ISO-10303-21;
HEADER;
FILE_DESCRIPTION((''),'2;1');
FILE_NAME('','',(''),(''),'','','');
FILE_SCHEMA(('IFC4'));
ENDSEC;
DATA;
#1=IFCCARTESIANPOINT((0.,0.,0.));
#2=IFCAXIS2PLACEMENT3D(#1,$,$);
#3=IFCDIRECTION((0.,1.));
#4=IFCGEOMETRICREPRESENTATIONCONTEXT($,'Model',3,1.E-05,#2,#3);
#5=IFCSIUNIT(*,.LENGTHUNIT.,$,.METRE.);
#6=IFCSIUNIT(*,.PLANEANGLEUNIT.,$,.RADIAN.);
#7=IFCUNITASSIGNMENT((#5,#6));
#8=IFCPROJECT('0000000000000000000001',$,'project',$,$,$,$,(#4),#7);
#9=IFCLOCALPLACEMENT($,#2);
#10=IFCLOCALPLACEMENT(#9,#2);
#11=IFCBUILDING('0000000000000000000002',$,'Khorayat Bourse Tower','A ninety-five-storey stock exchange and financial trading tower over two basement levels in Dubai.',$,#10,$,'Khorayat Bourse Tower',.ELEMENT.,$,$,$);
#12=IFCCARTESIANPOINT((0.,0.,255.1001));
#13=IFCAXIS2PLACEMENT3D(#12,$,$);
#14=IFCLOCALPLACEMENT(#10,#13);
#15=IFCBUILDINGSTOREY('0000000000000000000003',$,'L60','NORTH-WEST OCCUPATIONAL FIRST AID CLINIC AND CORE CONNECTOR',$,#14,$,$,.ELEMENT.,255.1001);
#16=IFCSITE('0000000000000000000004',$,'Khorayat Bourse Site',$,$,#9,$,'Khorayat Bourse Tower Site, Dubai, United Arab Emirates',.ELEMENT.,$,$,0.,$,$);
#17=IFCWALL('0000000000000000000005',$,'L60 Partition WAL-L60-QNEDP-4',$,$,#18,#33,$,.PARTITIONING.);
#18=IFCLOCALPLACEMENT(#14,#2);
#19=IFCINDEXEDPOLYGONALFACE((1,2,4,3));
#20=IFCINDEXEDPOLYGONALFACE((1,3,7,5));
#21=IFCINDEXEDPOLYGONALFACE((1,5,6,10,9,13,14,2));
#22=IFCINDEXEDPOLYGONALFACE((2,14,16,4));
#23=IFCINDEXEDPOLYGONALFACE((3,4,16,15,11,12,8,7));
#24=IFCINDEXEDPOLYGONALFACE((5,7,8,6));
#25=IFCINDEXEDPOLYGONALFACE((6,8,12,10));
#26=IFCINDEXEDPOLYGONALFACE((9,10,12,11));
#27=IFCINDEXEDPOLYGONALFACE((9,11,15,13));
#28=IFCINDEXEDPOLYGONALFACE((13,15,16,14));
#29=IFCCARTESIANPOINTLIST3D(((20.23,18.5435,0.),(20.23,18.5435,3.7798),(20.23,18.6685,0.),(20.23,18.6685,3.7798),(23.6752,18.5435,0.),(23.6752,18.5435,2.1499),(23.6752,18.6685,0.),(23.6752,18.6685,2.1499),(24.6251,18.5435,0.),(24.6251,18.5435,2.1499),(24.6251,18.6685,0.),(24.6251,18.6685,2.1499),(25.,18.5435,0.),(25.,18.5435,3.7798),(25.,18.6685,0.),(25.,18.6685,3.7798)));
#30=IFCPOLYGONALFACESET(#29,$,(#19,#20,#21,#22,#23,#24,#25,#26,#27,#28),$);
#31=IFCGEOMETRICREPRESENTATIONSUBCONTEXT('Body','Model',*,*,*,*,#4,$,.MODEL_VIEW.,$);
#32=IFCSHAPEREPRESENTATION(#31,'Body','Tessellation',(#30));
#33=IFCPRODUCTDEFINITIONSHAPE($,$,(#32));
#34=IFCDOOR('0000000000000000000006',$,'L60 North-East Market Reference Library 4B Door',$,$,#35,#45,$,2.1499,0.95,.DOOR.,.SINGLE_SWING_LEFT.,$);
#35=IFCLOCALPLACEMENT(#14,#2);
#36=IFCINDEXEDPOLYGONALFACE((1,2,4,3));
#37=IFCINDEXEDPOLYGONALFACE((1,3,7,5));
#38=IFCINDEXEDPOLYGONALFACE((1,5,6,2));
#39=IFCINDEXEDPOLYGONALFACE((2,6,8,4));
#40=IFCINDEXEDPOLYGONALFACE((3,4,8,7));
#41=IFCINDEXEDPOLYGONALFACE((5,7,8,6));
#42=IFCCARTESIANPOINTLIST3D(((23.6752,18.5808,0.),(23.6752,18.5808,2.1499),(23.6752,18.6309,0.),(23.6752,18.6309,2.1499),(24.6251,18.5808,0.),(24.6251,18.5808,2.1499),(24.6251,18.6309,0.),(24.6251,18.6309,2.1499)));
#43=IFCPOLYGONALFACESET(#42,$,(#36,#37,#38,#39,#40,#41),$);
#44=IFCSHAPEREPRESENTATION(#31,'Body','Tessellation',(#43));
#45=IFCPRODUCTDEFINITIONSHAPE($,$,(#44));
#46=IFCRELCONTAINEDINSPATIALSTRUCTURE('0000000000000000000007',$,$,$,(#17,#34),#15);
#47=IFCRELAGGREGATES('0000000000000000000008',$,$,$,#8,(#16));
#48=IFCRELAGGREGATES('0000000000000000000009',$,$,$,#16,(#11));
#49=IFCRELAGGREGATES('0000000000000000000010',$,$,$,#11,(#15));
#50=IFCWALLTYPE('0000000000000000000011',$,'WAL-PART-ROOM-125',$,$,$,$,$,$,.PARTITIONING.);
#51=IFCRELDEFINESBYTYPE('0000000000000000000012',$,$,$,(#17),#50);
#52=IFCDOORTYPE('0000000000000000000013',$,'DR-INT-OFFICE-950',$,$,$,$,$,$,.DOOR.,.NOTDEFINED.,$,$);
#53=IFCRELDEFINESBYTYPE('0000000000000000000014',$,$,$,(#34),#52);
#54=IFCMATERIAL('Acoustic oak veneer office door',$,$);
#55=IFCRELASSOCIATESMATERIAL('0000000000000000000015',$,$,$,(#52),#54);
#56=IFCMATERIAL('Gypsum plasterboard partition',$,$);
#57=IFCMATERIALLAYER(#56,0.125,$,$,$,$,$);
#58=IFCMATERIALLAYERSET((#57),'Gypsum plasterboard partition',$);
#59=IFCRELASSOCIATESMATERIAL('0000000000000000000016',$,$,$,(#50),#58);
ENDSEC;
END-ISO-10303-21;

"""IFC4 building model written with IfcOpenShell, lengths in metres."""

from ifc_helpers import new_model, si_unit, direction, frame, frame_2d, origin, place, context, subcontext, project, spatial, rectangle, extrude, source, transform, mapped, material, layer, layer_set, type_object, element, fill, save


model = new_model("IFC4")

# Units and contexts
model_context = context("Model", 3, precision=1e-05, world=origin(), true_north=direction((0.0, 1.0)))
body_context = subcontext(model_context, "Body", "Model", "MODEL_VIEW")
ifc_project = project(units=[si_unit("LENGTHUNIT", "METRE"), si_unit("PLANEANGLEUNIT", "RADIAN")], contexts=[model_context])

# Site, building, storey
site_placement = place(None, origin())
site = spatial("IfcSite", under=ifc_project, at=site_placement, Name="Khorayat Bourse Site", LongName="Khorayat Bourse Tower Site, Dubai, United Arab Emirates", CompositionType="ELEMENT", RefElevation=0.0)
building_placement = place(site_placement, origin())
building = spatial("IfcBuilding", under=site, at=building_placement, Name="Khorayat Bourse Tower", Description="A ninety-five-storey stock exchange and financial trading tower over two basement levels in Dubai.", LongName="Khorayat Bourse Tower", CompositionType="ELEMENT")
storey_placement = place(building_placement, frame((0.0, 0.0, 255.1001)))
storey = spatial("IfcBuildingStorey", under=building, at=storey_placement, Name="L60", Description="NORTH-WEST OCCUPATIONAL FIRST AID CLINIC AND CORE CONNECTOR", CompositionType="ELEMENT", Elevation=255.1001)

# Wall, opening, door
ifc_material_1 = material(Name="Acoustic oak veneer office door")
door_type = type_object("IfcDoorType", Name="DR-INT-OFFICE-950", OperationType="NOTDEFINED", PredefinedType="DOOR", material=ifc_material_1)
shared_shape_1 = source(origin(), body_context, "Body", "SweptSolid", [
    extrude(rectangle(XDim=0.95, YDim=2.1499, at=frame_2d((0.4751, 1.075))), frame((0.0, 0.0249, 0.0), z_axis=(0.0, -1.0, 0.0), x_axis=(1.0, 0.0, 0.0)), (0.0, 0.0, 1.0), 0.05),
])
ifc_material_2 = material(Name="Gypsum plasterboard partition")
ifc_layer_1 = layer(ifc_material_2, 0.125)
ifc_layer_set_1 = layer_set([ifc_layer_1], Name="Gypsum plasterboard partition")
wall_type_1 = type_object("IfcWallType", Name="WAL-PART-ROOM-125", PredefinedType="PARTITIONING", material=ifc_layer_set_1)
shared_shape_2 = source(origin(), body_context, "Body", "SweptSolid", [
    extrude(rectangle(XDim=4.77, YDim=0.125, at=frame_2d((2.385, 0.0))), origin(), (0.0, 0.0, 1.0), 3.7798),
])
wall_1_placement = place(storey_placement, frame((20.23, 18.606, 0.0), z_axis=(0.0, 0.0, 1.0), x_axis=(1.0, 0.0, 0.0)))
wall_1 = element("IfcWall", 1, at=wall_1_placement, inside=storey, type_object=wall_type_1, Name="L60 Partition WAL-L60-QNEDP-4", PredefinedType="PARTITIONING", context=body_context, shape_type="MappedRepresentation", body=[
    mapped(shared_shape_2, transform((0.0, 0.0, 0.0), scale=1.0)),
])
shared_shape_3 = source(origin(), body_context, "Body", "SweptSolid", [
    extrude(rectangle(XDim=0.95, YDim=2.1499, at=frame_2d((0.4751, 1.075))), frame((0.0, 0.0725, 0.0), z_axis=(0.0, -1.0, 0.0), x_axis=(1.0, 0.0, 0.0)), (0.0, 0.0, 1.0), 0.145),
])
opening_1_placement = place(wall_1_placement, frame((3.4451, 0.0, 0.0)))
opening_1 = element("IfcOpeningElement", 2, at=opening_1_placement, cuts=wall_1, PredefinedType="OPENING", context=body_context, shape_type="MappedRepresentation", body=[
    mapped(shared_shape_3, transform((0.0, 0.0, 0.0), scale=1.0)),
])
door_1_placement = place(opening_1_placement, origin())
door_1 = element("IfcDoor", 3, at=door_1_placement, inside=storey, type_object=door_type, Name="L60 North-East Market Reference Library 4B Door", OperationType="SINGLE_SWING_LEFT", OverallHeight=2.1499, OverallWidth=0.95, PredefinedType="DOOR", context=body_context, shape_type="MappedRepresentation", body=[
    mapped(shared_shape_1, transform((0.0, 0.0, 0.0), scale=1.0)),
])
fill(opening_1, door_1)

save(model, "model.ifc")
